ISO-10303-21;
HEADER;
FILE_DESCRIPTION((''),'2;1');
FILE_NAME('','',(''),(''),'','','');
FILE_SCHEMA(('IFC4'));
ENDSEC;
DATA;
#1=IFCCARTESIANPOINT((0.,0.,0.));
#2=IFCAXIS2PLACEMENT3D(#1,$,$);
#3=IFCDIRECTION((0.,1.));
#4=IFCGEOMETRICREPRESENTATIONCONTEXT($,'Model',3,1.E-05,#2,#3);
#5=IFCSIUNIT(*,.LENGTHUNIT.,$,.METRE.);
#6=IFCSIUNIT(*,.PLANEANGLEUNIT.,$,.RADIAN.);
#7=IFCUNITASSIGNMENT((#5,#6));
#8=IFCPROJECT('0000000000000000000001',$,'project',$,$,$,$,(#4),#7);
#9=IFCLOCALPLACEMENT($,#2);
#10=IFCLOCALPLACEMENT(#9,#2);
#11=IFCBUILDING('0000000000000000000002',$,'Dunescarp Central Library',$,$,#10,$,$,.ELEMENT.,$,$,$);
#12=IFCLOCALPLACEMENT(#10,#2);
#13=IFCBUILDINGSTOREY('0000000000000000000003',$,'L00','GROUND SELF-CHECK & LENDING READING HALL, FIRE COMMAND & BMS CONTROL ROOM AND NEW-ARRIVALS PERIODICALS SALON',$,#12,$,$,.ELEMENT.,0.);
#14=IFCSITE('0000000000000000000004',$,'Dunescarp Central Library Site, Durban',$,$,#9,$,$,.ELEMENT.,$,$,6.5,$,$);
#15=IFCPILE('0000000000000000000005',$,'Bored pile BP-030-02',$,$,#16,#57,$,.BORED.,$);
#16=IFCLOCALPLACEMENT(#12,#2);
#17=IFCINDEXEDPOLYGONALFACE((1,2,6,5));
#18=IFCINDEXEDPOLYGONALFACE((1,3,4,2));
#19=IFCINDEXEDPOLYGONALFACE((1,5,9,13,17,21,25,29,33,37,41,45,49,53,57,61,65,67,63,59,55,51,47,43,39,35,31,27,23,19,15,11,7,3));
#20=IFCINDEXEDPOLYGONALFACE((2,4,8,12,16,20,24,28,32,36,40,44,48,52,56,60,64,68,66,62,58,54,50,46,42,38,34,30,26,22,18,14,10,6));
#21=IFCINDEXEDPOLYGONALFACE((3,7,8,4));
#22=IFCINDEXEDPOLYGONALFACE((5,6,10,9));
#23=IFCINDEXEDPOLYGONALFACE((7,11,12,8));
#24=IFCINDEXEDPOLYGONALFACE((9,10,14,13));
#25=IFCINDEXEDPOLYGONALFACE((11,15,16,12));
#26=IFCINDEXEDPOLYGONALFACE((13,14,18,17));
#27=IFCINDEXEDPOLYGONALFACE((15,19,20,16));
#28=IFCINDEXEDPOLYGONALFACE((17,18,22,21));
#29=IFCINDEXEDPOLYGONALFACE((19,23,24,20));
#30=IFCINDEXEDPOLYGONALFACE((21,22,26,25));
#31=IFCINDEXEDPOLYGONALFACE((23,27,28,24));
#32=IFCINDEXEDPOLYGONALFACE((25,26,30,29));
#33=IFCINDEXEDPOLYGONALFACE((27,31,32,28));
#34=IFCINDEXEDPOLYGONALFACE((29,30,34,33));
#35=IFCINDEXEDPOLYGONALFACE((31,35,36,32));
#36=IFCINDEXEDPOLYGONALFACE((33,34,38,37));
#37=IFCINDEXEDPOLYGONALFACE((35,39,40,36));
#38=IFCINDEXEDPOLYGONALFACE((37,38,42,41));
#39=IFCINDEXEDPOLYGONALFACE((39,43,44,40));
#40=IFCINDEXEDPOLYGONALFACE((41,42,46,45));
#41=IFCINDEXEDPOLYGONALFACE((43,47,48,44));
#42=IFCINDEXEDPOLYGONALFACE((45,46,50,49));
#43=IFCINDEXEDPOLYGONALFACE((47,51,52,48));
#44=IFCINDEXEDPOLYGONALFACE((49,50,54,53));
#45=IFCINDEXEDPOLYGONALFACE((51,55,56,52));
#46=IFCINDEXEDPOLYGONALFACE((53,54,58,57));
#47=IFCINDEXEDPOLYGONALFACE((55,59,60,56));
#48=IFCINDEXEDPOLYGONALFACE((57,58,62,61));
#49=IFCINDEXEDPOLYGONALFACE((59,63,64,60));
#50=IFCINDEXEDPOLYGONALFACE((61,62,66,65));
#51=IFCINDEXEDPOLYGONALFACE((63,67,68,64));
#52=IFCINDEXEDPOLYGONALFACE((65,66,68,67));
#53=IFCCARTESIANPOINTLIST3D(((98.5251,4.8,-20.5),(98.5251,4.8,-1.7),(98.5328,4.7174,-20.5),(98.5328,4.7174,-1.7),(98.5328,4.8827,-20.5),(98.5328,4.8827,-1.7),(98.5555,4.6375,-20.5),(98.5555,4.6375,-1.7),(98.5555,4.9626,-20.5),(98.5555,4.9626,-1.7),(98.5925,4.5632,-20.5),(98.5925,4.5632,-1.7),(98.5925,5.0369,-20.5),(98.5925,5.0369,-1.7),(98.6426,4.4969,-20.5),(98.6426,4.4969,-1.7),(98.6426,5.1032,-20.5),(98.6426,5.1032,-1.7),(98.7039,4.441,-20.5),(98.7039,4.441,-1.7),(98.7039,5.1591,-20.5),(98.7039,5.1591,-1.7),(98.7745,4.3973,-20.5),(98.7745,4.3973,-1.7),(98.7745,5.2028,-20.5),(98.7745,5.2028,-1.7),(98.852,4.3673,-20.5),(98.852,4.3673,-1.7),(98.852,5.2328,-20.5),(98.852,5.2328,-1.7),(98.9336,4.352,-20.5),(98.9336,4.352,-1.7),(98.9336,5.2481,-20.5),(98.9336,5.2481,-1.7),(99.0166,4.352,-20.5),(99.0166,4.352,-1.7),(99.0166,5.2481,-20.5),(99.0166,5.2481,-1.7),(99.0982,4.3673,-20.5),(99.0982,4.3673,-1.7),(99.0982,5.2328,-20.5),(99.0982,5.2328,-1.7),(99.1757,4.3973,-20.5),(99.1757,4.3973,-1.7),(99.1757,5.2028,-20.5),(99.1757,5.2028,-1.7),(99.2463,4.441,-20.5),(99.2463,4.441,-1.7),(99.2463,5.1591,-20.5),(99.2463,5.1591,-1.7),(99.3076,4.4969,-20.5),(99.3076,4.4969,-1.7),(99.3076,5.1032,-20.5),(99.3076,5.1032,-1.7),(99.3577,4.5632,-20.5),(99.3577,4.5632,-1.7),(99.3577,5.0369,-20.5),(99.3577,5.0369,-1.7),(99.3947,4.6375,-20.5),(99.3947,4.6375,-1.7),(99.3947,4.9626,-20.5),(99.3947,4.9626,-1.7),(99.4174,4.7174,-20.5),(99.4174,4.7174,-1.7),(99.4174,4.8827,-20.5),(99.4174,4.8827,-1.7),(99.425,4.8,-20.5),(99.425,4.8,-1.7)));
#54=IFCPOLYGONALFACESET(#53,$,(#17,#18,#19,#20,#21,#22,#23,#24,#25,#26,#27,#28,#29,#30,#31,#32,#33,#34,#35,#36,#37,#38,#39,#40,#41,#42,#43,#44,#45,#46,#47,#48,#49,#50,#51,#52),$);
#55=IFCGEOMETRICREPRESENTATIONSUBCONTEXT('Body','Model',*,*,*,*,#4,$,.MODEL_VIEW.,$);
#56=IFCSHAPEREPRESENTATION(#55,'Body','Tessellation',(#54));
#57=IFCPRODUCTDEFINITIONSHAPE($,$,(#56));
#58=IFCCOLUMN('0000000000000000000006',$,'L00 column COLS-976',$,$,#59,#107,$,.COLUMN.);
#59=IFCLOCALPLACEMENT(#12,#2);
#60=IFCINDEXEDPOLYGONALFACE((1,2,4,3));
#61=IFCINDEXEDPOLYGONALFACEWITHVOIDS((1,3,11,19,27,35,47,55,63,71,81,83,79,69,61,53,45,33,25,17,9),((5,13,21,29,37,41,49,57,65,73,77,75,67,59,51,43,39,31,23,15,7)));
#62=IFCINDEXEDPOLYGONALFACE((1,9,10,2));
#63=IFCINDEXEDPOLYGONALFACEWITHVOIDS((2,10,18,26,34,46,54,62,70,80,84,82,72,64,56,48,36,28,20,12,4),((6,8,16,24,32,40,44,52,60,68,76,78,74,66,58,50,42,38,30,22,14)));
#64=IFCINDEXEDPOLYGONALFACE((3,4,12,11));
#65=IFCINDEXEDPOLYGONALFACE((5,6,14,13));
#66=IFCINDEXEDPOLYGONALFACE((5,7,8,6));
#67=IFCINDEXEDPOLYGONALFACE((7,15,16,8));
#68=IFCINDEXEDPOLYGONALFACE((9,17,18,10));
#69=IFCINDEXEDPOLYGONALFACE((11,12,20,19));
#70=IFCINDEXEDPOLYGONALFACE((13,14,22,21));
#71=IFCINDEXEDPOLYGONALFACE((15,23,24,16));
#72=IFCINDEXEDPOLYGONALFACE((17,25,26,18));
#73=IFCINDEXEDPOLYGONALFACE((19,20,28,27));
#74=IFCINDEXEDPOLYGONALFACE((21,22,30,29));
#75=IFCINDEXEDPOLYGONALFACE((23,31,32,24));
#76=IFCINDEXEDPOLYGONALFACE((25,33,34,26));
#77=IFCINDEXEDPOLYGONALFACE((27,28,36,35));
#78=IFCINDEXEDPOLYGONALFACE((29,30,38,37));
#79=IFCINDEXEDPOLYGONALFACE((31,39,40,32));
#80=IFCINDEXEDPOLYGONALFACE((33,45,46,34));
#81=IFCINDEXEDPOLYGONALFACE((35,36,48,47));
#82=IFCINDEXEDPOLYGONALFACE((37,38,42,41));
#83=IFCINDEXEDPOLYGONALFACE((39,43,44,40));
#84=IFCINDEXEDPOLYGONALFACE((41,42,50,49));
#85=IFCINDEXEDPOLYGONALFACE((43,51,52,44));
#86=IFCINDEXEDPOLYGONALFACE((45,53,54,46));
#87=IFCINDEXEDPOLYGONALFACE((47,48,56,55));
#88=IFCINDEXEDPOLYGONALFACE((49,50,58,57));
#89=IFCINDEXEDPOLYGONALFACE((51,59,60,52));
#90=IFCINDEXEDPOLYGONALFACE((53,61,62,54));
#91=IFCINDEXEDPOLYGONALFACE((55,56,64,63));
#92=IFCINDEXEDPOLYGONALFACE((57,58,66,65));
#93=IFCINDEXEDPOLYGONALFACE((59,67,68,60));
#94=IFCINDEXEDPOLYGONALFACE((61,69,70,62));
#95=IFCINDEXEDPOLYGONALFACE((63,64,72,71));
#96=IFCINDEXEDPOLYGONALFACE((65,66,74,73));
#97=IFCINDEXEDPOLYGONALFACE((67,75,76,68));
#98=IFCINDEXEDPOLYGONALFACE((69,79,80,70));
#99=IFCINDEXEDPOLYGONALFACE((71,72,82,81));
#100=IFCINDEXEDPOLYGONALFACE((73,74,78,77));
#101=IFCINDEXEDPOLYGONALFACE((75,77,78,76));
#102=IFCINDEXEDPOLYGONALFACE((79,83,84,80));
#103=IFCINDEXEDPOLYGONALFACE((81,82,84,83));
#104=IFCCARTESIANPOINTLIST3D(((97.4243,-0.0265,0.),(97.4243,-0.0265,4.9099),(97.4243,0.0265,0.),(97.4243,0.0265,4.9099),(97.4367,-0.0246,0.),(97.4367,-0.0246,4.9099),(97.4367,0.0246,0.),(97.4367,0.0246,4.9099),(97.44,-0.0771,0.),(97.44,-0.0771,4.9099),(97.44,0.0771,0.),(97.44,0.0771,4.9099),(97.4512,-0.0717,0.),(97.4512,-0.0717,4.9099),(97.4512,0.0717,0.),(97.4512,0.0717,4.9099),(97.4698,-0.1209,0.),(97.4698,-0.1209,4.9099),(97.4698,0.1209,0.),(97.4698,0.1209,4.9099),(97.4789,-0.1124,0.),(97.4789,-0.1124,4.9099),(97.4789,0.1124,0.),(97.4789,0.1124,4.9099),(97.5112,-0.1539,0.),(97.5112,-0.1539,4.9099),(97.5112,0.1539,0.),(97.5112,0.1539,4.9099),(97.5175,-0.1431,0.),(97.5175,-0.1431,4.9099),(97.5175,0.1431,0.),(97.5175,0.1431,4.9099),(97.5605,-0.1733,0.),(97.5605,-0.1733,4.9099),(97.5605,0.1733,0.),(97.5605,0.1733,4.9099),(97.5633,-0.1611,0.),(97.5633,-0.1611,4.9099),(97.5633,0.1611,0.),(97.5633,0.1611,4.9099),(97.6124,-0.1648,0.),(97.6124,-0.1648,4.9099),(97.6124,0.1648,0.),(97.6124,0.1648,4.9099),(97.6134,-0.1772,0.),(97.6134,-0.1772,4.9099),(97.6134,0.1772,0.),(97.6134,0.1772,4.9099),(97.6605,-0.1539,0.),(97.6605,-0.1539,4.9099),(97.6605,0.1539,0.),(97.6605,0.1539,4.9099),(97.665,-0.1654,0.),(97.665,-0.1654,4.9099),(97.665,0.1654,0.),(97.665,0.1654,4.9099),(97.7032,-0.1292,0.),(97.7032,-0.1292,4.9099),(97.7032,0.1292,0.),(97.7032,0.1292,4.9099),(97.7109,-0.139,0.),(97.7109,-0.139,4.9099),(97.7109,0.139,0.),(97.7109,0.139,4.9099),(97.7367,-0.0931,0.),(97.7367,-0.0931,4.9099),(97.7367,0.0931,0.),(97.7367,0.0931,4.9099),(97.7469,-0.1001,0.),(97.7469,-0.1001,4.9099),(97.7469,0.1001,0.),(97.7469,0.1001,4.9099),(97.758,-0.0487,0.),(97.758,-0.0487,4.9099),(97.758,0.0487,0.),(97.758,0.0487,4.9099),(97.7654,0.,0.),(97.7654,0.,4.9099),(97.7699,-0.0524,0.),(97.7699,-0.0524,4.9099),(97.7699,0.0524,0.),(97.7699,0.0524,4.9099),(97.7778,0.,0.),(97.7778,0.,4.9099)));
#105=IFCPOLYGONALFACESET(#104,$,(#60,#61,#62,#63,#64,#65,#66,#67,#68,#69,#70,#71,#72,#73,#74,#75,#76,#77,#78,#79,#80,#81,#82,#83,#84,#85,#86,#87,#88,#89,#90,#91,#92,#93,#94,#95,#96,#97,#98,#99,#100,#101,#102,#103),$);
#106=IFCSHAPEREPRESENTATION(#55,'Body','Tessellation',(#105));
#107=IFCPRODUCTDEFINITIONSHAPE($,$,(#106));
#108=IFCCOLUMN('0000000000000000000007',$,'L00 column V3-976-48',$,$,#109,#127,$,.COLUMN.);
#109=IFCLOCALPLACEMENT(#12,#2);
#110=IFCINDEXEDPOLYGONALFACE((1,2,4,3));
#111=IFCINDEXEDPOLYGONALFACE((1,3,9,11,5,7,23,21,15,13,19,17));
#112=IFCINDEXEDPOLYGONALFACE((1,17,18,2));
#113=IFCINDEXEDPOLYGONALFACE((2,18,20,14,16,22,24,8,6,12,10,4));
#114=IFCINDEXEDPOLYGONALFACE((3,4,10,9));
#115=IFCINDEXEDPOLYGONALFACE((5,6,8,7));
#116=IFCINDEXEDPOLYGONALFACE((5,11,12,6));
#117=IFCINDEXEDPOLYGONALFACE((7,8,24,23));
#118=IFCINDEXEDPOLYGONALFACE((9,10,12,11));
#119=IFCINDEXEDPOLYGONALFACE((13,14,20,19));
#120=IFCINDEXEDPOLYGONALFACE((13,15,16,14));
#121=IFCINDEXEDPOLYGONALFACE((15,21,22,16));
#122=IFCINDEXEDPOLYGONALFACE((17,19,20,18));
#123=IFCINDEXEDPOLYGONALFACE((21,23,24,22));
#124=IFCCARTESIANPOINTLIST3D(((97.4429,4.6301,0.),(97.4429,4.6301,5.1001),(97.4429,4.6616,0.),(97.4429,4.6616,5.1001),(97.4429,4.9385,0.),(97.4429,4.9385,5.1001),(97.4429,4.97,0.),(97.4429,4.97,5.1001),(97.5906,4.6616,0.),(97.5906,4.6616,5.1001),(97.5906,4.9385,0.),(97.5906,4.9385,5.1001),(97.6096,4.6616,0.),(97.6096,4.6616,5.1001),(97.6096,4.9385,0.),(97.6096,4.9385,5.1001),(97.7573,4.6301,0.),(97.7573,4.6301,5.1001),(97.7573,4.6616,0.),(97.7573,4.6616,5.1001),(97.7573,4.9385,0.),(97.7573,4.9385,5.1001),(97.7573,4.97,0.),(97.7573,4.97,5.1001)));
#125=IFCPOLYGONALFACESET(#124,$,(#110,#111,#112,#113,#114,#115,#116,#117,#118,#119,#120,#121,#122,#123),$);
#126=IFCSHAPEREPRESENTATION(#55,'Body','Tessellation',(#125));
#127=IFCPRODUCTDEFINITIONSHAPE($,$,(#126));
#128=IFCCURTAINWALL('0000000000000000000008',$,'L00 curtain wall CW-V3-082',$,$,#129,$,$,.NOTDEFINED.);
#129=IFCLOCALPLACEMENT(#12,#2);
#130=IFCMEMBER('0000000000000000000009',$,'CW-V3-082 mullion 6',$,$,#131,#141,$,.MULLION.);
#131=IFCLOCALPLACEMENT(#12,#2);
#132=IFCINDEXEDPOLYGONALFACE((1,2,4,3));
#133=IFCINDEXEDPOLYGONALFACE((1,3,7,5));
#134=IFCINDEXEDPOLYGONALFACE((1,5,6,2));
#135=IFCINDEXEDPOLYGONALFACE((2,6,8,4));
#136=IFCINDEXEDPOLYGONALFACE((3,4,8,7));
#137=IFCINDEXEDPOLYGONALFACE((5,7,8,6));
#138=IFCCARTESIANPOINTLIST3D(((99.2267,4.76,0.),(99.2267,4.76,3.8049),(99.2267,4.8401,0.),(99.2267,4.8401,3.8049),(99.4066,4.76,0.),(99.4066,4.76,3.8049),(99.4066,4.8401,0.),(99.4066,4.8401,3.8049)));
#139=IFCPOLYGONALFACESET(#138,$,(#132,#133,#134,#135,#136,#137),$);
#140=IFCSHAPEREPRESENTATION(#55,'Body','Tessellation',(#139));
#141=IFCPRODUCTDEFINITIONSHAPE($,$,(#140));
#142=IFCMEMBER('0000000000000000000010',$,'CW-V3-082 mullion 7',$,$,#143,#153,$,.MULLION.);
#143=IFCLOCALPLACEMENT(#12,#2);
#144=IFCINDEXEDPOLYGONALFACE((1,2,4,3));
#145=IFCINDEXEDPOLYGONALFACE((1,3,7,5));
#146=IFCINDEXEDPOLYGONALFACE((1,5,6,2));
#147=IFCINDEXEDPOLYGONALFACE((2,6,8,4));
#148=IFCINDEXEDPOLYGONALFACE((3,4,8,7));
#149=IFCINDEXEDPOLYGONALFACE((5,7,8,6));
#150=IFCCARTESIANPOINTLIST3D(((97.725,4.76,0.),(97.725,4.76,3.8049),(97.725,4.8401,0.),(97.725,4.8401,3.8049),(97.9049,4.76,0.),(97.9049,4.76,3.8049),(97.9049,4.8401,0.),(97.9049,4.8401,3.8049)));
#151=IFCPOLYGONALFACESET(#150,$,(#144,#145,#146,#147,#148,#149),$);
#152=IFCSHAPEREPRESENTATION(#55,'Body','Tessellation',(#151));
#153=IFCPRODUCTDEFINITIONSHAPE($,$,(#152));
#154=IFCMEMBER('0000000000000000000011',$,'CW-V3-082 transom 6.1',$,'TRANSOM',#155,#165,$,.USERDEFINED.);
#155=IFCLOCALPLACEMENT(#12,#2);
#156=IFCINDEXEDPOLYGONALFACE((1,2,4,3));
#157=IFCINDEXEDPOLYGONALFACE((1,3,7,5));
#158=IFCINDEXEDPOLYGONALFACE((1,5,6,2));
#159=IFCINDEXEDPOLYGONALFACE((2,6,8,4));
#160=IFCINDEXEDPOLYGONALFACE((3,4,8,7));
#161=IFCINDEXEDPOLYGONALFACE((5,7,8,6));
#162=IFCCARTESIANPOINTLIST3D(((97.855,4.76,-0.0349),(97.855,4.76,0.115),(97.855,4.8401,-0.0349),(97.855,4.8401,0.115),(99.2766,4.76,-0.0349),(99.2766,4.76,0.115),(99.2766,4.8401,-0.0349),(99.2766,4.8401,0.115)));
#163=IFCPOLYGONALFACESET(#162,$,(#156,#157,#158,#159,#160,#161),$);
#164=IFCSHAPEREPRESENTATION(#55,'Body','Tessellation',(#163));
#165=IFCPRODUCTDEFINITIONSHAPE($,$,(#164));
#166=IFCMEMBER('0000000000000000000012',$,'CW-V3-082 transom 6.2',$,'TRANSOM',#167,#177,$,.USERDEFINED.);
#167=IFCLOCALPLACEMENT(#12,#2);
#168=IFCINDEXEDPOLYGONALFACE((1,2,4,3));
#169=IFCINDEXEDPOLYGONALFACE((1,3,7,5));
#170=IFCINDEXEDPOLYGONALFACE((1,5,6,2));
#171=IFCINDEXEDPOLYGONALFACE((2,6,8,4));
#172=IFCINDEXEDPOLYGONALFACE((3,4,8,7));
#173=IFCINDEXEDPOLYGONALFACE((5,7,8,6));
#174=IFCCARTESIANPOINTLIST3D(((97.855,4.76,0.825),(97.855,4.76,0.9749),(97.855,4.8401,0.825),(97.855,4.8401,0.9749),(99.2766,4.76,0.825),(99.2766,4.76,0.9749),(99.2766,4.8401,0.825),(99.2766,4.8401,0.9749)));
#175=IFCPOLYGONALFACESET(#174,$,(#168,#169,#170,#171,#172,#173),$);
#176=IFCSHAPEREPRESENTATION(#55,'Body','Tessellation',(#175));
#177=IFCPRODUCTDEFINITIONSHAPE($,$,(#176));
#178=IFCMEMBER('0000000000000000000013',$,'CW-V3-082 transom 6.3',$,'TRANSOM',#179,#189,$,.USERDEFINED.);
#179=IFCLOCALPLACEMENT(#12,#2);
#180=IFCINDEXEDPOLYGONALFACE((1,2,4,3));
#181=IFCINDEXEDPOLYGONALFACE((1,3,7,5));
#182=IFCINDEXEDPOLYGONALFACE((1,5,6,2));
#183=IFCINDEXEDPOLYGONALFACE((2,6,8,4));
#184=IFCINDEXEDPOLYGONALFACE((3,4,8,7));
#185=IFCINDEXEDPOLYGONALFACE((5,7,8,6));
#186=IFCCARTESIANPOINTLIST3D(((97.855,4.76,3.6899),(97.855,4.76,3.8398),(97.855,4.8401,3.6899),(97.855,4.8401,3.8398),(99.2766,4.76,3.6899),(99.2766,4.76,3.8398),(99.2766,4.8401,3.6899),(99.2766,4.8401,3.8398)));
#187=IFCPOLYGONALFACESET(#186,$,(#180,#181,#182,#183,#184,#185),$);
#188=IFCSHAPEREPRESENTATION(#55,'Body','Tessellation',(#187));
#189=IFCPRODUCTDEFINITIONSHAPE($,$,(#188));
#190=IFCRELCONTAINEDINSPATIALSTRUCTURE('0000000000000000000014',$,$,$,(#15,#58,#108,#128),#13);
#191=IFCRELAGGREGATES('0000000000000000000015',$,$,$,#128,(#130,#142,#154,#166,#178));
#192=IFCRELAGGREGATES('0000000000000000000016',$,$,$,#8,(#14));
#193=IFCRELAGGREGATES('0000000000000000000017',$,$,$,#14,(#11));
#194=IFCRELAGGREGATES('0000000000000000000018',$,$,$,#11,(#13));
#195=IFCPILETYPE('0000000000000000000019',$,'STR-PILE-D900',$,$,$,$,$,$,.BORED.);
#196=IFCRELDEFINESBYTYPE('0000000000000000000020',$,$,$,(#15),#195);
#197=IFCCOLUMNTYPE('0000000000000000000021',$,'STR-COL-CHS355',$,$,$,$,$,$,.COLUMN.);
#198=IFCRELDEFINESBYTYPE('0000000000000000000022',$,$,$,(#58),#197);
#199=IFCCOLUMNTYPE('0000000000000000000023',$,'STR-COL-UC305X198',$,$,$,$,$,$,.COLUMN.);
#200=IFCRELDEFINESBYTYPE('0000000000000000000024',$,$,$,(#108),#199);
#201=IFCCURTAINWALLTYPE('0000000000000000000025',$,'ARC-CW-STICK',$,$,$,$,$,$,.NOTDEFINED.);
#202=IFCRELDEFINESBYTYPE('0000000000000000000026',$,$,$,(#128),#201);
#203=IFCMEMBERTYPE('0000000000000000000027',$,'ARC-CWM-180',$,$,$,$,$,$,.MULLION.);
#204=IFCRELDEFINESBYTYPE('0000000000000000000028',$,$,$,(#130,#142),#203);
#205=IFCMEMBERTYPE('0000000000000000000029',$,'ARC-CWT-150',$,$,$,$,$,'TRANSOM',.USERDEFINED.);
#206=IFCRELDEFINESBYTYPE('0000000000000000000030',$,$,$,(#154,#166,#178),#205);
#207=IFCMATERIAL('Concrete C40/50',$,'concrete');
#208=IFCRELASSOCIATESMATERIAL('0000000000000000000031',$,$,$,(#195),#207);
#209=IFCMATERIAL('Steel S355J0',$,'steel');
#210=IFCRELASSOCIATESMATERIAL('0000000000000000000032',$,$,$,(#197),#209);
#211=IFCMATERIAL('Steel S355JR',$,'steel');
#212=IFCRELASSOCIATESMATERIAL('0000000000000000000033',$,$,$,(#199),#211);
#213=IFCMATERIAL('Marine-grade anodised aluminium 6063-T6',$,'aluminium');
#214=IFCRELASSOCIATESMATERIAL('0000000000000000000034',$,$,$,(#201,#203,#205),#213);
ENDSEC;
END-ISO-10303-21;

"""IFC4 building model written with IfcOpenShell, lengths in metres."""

from ifc_helpers import new_model, si_unit, direction, frame, origin, origin_2d, place, context, subcontext, project, spatial, rectangle, circle, hollow_circle, i_section, extrude, material, material_profile, profile_set, type_object, element, aggregate, save


model = new_model("IFC4")

# Units and contexts
model_context = context("Model", 3, precision=1e-05, world=origin(), true_north=direction((0.0, 1.0)))
body_context = subcontext(model_context, "Body", "Model", "MODEL_VIEW")
ifc_project = project(units=[si_unit("LENGTHUNIT", "METRE"), si_unit("PLANEANGLEUNIT", "RADIAN")], contexts=[model_context])

# Site, building, storey
site_placement = place(None, origin())
site = spatial("IfcSite", under=ifc_project, at=site_placement, Name="Dunescarp Central Library Site, Durban", CompositionType="ELEMENT", RefElevation=6.5)
building_placement = place(site_placement, origin())
building = spatial("IfcBuilding", under=site, at=building_placement, Name="Dunescarp Central Library", CompositionType="ELEMENT")
storey_placement = place(building_placement, origin())
storey = spatial("IfcBuildingStorey", under=building, at=storey_placement, Name="L00", Description="GROUND SELF-CHECK & LENDING READING HALL, FIRE COMMAND & BMS CONTROL ROOM AND NEW-ARRIVALS PERIODICALS SALON", CompositionType="ELEMENT", Elevation=0.0)

# Shared definitions
ifc_material_1 = material(Name="Concrete C40/50", Category="concrete")

# Pile
ifc_material_profile_1 = material_profile(ifc_material_1, circle(Radius=0.45, at=origin_2d()), Name="PILE D900")
ifc_profile_set_1 = profile_set([ifc_material_profile_1], Name="Concrete C40/50")
pile_type_1 = type_object("IfcPileType", Name="STR-PILE-D900", PredefinedType="BORED", material=ifc_profile_set_1)
for number, where, z_axis, x_axis, name in (
    (1, (98.9751, 4.8, -1.7), (0.0, 0.0, -1.0), (1.0, 0.0, 0.0), "Bored pile BP-030-02"),
):
    element("IfcPile", number, at=place(storey_placement, frame(where, z_axis=z_axis, x_axis=x_axis)), inside=storey, type_object=pile_type_1, Name=name, PredefinedType="BORED", context=body_context, shape_type="SweptSolid", body=[
        extrude(circle(Radius=0.45, at=origin_2d()), origin(), (0.0, 0.0, 1.0), 18.8),
    ])

# Columns
ifc_material_2 = material(Name="Steel S355J0", Category="steel")
ifc_material_profile_2 = material_profile(ifc_material_2, hollow_circle(Radius=0.1777, WallThickness=0.0125, at=origin_2d()), Name="CHS 355.6x12.5")
ifc_profile_set_2 = profile_set([ifc_material_profile_2], Name="Steel S355J0")
column_type_1 = type_object("IfcColumnType", Name="STR-COL-CHS355", PredefinedType="COLUMN", material=ifc_profile_set_2)
column_1_placement = place(storey_placement, frame((97.6001, 0.0, 0.0), z_axis=(0.0, 0.0, 1.0), x_axis=(1.0, 0.0, 0.0)))
element("IfcColumn", 2, at=column_1_placement, inside=storey, type_object=column_type_1, Name="L00 column COLS-976", PredefinedType="COLUMN", context=body_context, shape_type="SweptSolid", body=[
    extrude(hollow_circle(Radius=0.1777, WallThickness=0.0125, at=origin_2d()), origin(), (0.0, 0.0, 1.0), 4.9099),
])
ifc_material_3 = material(Name="Steel S355JR", Category="steel")
ifc_material_profile_3 = material_profile(ifc_material_3, i_section(OverallWidth=0.3145, OverallDepth=0.3398, WebThickness=0.019, FlangeThickness=0.0315, at=origin_2d()), Name="UC 305x305x198")
ifc_profile_set_3 = profile_set([ifc_material_profile_3], Name="Steel S355JR")
column_type_2 = type_object("IfcColumnType", Name="STR-COL-UC305X198", PredefinedType="COLUMN", material=ifc_profile_set_3)
column_2_placement = place(storey_placement, frame((97.6001, 4.8, 0.0), z_axis=(0.0, 0.0, 1.0), x_axis=(1.0, 0.0, 0.0)))
element("IfcColumn", 3, at=column_2_placement, inside=storey, type_object=column_type_2, Name="L00 column V3-976-48", PredefinedType="COLUMN", context=body_context, shape_type="SweptSolid", body=[
    extrude(i_section(OverallWidth=0.3145, OverallDepth=0.3398, WebThickness=0.019, FlangeThickness=0.0315, at=origin_2d()), origin(), (0.0, 0.0, 1.0), 5.1001),
])

# Curtain wall, members
ifc_material_4 = material(Name="Marine-grade anodised aluminium 6063-T6", Category="aluminium")
curtain_wall_type = type_object("IfcCurtainWallType", Name="ARC-CW-STICK", PredefinedType="NOTDEFINED", material=ifc_material_4)
curtain_wall_placement = place(storey_placement, origin())
curtain_wall = element("IfcCurtainWall", 4, at=curtain_wall_placement, inside=storey, type_object=curtain_wall_type, Name="L00 curtain wall CW-V3-082", PredefinedType="NOTDEFINED")
ifc_material_profile_4 = material_profile(ifc_material_4, rectangle(XDim=0.0801, YDim=0.1799, at=origin_2d()), Name="AL 80x180")
ifc_profile_set_4 = profile_set([ifc_material_profile_4], Name="Marine-grade anodised aluminium 6063-T6")
member_type_1 = type_object("IfcMemberType", Name="ARC-CWM-180", PredefinedType="MULLION", material=ifc_profile_set_4)
member_1_placement = place(storey_placement, frame((99.3167, 4.8, 0.0), z_axis=(0.0, 0.0, 1.0), x_axis=(0.0, -1.0, 0.0)))
member_1 = element("IfcMember", 5, at=member_1_placement, type_object=member_type_1, Name="CW-V3-082 mullion 6", PredefinedType="MULLION", context=body_context, shape_type="SweptSolid", body=[
    extrude(rectangle(XDim=0.0801, YDim=0.1799, at=origin_2d()), origin(), (0.0, 0.0, 1.0), 3.8049),
])
member_2_placement = place(storey_placement, frame((97.8149, 4.8, 0.0), z_axis=(0.0, 0.0, 1.0), x_axis=(0.0, -1.0, 0.0)))
member_2 = element("IfcMember", 6, at=member_2_placement, type_object=member_type_1, Name="CW-V3-082 mullion 7", PredefinedType="MULLION", context=body_context, shape_type="SweptSolid", body=[
    extrude(rectangle(XDim=0.0801, YDim=0.1799, at=origin_2d()), origin(), (0.0, 0.0, 1.0), 3.8049),
])
ifc_material_profile_5 = material_profile(ifc_material_4, rectangle(XDim=0.0801, YDim=0.1499, at=origin_2d()), Name="AL 80x150")
ifc_profile_set_5 = profile_set([ifc_material_profile_5], Name="Marine-grade anodised aluminium 6063-T6")
member_type_2 = type_object("IfcMemberType", Name="ARC-CWT-150", ElementType="TRANSOM", PredefinedType="USERDEFINED", material=ifc_profile_set_5)
member_3_placement = place(storey_placement, frame((99.2766, 4.8, 0.04), z_axis=(-1.0, 0.0, 0.0), x_axis=(0.0, -1.0, 0.0)))
member_3 = element("IfcMember", 7, at=member_3_placement, type_object=member_type_2, Name="CW-V3-082 transom 6.1", ObjectType="TRANSOM", PredefinedType="USERDEFINED", context=body_context, shape_type="SweptSolid", body=[
    extrude(rectangle(XDim=0.0801, YDim=0.1499, at=origin_2d()), origin(), (0.0, 0.0, 1.0), 1.4216),
])
member_4_placement = place(storey_placement, frame((99.2766, 4.8, 0.8999), z_axis=(-1.0, 0.0, 0.0), x_axis=(0.0, -1.0, 0.0)))
member_4 = element("IfcMember", 8, at=member_4_placement, type_object=member_type_2, Name="CW-V3-082 transom 6.2", ObjectType="TRANSOM", PredefinedType="USERDEFINED", context=body_context, shape_type="SweptSolid", body=[
    extrude(rectangle(XDim=0.0801, YDim=0.1499, at=origin_2d()), origin(), (0.0, 0.0, 1.0), 1.4216),
])
member_5_placement = place(storey_placement, frame((99.2766, 4.8, 3.7649), z_axis=(-1.0, 0.0, 0.0), x_axis=(0.0, -1.0, 0.0)))
member_5 = element("IfcMember", 9, at=member_5_placement, type_object=member_type_2, Name="CW-V3-082 transom 6.3", ObjectType="TRANSOM", PredefinedType="USERDEFINED", context=body_context, shape_type="SweptSolid", body=[
    extrude(rectangle(XDim=0.0801, YDim=0.1499, at=origin_2d()), origin(), (0.0, 0.0, 1.0), 1.4216),
])

aggregate(curtain_wall, [member_1, member_2, member_3, member_4, member_5])

save(model, "model.ifc")
